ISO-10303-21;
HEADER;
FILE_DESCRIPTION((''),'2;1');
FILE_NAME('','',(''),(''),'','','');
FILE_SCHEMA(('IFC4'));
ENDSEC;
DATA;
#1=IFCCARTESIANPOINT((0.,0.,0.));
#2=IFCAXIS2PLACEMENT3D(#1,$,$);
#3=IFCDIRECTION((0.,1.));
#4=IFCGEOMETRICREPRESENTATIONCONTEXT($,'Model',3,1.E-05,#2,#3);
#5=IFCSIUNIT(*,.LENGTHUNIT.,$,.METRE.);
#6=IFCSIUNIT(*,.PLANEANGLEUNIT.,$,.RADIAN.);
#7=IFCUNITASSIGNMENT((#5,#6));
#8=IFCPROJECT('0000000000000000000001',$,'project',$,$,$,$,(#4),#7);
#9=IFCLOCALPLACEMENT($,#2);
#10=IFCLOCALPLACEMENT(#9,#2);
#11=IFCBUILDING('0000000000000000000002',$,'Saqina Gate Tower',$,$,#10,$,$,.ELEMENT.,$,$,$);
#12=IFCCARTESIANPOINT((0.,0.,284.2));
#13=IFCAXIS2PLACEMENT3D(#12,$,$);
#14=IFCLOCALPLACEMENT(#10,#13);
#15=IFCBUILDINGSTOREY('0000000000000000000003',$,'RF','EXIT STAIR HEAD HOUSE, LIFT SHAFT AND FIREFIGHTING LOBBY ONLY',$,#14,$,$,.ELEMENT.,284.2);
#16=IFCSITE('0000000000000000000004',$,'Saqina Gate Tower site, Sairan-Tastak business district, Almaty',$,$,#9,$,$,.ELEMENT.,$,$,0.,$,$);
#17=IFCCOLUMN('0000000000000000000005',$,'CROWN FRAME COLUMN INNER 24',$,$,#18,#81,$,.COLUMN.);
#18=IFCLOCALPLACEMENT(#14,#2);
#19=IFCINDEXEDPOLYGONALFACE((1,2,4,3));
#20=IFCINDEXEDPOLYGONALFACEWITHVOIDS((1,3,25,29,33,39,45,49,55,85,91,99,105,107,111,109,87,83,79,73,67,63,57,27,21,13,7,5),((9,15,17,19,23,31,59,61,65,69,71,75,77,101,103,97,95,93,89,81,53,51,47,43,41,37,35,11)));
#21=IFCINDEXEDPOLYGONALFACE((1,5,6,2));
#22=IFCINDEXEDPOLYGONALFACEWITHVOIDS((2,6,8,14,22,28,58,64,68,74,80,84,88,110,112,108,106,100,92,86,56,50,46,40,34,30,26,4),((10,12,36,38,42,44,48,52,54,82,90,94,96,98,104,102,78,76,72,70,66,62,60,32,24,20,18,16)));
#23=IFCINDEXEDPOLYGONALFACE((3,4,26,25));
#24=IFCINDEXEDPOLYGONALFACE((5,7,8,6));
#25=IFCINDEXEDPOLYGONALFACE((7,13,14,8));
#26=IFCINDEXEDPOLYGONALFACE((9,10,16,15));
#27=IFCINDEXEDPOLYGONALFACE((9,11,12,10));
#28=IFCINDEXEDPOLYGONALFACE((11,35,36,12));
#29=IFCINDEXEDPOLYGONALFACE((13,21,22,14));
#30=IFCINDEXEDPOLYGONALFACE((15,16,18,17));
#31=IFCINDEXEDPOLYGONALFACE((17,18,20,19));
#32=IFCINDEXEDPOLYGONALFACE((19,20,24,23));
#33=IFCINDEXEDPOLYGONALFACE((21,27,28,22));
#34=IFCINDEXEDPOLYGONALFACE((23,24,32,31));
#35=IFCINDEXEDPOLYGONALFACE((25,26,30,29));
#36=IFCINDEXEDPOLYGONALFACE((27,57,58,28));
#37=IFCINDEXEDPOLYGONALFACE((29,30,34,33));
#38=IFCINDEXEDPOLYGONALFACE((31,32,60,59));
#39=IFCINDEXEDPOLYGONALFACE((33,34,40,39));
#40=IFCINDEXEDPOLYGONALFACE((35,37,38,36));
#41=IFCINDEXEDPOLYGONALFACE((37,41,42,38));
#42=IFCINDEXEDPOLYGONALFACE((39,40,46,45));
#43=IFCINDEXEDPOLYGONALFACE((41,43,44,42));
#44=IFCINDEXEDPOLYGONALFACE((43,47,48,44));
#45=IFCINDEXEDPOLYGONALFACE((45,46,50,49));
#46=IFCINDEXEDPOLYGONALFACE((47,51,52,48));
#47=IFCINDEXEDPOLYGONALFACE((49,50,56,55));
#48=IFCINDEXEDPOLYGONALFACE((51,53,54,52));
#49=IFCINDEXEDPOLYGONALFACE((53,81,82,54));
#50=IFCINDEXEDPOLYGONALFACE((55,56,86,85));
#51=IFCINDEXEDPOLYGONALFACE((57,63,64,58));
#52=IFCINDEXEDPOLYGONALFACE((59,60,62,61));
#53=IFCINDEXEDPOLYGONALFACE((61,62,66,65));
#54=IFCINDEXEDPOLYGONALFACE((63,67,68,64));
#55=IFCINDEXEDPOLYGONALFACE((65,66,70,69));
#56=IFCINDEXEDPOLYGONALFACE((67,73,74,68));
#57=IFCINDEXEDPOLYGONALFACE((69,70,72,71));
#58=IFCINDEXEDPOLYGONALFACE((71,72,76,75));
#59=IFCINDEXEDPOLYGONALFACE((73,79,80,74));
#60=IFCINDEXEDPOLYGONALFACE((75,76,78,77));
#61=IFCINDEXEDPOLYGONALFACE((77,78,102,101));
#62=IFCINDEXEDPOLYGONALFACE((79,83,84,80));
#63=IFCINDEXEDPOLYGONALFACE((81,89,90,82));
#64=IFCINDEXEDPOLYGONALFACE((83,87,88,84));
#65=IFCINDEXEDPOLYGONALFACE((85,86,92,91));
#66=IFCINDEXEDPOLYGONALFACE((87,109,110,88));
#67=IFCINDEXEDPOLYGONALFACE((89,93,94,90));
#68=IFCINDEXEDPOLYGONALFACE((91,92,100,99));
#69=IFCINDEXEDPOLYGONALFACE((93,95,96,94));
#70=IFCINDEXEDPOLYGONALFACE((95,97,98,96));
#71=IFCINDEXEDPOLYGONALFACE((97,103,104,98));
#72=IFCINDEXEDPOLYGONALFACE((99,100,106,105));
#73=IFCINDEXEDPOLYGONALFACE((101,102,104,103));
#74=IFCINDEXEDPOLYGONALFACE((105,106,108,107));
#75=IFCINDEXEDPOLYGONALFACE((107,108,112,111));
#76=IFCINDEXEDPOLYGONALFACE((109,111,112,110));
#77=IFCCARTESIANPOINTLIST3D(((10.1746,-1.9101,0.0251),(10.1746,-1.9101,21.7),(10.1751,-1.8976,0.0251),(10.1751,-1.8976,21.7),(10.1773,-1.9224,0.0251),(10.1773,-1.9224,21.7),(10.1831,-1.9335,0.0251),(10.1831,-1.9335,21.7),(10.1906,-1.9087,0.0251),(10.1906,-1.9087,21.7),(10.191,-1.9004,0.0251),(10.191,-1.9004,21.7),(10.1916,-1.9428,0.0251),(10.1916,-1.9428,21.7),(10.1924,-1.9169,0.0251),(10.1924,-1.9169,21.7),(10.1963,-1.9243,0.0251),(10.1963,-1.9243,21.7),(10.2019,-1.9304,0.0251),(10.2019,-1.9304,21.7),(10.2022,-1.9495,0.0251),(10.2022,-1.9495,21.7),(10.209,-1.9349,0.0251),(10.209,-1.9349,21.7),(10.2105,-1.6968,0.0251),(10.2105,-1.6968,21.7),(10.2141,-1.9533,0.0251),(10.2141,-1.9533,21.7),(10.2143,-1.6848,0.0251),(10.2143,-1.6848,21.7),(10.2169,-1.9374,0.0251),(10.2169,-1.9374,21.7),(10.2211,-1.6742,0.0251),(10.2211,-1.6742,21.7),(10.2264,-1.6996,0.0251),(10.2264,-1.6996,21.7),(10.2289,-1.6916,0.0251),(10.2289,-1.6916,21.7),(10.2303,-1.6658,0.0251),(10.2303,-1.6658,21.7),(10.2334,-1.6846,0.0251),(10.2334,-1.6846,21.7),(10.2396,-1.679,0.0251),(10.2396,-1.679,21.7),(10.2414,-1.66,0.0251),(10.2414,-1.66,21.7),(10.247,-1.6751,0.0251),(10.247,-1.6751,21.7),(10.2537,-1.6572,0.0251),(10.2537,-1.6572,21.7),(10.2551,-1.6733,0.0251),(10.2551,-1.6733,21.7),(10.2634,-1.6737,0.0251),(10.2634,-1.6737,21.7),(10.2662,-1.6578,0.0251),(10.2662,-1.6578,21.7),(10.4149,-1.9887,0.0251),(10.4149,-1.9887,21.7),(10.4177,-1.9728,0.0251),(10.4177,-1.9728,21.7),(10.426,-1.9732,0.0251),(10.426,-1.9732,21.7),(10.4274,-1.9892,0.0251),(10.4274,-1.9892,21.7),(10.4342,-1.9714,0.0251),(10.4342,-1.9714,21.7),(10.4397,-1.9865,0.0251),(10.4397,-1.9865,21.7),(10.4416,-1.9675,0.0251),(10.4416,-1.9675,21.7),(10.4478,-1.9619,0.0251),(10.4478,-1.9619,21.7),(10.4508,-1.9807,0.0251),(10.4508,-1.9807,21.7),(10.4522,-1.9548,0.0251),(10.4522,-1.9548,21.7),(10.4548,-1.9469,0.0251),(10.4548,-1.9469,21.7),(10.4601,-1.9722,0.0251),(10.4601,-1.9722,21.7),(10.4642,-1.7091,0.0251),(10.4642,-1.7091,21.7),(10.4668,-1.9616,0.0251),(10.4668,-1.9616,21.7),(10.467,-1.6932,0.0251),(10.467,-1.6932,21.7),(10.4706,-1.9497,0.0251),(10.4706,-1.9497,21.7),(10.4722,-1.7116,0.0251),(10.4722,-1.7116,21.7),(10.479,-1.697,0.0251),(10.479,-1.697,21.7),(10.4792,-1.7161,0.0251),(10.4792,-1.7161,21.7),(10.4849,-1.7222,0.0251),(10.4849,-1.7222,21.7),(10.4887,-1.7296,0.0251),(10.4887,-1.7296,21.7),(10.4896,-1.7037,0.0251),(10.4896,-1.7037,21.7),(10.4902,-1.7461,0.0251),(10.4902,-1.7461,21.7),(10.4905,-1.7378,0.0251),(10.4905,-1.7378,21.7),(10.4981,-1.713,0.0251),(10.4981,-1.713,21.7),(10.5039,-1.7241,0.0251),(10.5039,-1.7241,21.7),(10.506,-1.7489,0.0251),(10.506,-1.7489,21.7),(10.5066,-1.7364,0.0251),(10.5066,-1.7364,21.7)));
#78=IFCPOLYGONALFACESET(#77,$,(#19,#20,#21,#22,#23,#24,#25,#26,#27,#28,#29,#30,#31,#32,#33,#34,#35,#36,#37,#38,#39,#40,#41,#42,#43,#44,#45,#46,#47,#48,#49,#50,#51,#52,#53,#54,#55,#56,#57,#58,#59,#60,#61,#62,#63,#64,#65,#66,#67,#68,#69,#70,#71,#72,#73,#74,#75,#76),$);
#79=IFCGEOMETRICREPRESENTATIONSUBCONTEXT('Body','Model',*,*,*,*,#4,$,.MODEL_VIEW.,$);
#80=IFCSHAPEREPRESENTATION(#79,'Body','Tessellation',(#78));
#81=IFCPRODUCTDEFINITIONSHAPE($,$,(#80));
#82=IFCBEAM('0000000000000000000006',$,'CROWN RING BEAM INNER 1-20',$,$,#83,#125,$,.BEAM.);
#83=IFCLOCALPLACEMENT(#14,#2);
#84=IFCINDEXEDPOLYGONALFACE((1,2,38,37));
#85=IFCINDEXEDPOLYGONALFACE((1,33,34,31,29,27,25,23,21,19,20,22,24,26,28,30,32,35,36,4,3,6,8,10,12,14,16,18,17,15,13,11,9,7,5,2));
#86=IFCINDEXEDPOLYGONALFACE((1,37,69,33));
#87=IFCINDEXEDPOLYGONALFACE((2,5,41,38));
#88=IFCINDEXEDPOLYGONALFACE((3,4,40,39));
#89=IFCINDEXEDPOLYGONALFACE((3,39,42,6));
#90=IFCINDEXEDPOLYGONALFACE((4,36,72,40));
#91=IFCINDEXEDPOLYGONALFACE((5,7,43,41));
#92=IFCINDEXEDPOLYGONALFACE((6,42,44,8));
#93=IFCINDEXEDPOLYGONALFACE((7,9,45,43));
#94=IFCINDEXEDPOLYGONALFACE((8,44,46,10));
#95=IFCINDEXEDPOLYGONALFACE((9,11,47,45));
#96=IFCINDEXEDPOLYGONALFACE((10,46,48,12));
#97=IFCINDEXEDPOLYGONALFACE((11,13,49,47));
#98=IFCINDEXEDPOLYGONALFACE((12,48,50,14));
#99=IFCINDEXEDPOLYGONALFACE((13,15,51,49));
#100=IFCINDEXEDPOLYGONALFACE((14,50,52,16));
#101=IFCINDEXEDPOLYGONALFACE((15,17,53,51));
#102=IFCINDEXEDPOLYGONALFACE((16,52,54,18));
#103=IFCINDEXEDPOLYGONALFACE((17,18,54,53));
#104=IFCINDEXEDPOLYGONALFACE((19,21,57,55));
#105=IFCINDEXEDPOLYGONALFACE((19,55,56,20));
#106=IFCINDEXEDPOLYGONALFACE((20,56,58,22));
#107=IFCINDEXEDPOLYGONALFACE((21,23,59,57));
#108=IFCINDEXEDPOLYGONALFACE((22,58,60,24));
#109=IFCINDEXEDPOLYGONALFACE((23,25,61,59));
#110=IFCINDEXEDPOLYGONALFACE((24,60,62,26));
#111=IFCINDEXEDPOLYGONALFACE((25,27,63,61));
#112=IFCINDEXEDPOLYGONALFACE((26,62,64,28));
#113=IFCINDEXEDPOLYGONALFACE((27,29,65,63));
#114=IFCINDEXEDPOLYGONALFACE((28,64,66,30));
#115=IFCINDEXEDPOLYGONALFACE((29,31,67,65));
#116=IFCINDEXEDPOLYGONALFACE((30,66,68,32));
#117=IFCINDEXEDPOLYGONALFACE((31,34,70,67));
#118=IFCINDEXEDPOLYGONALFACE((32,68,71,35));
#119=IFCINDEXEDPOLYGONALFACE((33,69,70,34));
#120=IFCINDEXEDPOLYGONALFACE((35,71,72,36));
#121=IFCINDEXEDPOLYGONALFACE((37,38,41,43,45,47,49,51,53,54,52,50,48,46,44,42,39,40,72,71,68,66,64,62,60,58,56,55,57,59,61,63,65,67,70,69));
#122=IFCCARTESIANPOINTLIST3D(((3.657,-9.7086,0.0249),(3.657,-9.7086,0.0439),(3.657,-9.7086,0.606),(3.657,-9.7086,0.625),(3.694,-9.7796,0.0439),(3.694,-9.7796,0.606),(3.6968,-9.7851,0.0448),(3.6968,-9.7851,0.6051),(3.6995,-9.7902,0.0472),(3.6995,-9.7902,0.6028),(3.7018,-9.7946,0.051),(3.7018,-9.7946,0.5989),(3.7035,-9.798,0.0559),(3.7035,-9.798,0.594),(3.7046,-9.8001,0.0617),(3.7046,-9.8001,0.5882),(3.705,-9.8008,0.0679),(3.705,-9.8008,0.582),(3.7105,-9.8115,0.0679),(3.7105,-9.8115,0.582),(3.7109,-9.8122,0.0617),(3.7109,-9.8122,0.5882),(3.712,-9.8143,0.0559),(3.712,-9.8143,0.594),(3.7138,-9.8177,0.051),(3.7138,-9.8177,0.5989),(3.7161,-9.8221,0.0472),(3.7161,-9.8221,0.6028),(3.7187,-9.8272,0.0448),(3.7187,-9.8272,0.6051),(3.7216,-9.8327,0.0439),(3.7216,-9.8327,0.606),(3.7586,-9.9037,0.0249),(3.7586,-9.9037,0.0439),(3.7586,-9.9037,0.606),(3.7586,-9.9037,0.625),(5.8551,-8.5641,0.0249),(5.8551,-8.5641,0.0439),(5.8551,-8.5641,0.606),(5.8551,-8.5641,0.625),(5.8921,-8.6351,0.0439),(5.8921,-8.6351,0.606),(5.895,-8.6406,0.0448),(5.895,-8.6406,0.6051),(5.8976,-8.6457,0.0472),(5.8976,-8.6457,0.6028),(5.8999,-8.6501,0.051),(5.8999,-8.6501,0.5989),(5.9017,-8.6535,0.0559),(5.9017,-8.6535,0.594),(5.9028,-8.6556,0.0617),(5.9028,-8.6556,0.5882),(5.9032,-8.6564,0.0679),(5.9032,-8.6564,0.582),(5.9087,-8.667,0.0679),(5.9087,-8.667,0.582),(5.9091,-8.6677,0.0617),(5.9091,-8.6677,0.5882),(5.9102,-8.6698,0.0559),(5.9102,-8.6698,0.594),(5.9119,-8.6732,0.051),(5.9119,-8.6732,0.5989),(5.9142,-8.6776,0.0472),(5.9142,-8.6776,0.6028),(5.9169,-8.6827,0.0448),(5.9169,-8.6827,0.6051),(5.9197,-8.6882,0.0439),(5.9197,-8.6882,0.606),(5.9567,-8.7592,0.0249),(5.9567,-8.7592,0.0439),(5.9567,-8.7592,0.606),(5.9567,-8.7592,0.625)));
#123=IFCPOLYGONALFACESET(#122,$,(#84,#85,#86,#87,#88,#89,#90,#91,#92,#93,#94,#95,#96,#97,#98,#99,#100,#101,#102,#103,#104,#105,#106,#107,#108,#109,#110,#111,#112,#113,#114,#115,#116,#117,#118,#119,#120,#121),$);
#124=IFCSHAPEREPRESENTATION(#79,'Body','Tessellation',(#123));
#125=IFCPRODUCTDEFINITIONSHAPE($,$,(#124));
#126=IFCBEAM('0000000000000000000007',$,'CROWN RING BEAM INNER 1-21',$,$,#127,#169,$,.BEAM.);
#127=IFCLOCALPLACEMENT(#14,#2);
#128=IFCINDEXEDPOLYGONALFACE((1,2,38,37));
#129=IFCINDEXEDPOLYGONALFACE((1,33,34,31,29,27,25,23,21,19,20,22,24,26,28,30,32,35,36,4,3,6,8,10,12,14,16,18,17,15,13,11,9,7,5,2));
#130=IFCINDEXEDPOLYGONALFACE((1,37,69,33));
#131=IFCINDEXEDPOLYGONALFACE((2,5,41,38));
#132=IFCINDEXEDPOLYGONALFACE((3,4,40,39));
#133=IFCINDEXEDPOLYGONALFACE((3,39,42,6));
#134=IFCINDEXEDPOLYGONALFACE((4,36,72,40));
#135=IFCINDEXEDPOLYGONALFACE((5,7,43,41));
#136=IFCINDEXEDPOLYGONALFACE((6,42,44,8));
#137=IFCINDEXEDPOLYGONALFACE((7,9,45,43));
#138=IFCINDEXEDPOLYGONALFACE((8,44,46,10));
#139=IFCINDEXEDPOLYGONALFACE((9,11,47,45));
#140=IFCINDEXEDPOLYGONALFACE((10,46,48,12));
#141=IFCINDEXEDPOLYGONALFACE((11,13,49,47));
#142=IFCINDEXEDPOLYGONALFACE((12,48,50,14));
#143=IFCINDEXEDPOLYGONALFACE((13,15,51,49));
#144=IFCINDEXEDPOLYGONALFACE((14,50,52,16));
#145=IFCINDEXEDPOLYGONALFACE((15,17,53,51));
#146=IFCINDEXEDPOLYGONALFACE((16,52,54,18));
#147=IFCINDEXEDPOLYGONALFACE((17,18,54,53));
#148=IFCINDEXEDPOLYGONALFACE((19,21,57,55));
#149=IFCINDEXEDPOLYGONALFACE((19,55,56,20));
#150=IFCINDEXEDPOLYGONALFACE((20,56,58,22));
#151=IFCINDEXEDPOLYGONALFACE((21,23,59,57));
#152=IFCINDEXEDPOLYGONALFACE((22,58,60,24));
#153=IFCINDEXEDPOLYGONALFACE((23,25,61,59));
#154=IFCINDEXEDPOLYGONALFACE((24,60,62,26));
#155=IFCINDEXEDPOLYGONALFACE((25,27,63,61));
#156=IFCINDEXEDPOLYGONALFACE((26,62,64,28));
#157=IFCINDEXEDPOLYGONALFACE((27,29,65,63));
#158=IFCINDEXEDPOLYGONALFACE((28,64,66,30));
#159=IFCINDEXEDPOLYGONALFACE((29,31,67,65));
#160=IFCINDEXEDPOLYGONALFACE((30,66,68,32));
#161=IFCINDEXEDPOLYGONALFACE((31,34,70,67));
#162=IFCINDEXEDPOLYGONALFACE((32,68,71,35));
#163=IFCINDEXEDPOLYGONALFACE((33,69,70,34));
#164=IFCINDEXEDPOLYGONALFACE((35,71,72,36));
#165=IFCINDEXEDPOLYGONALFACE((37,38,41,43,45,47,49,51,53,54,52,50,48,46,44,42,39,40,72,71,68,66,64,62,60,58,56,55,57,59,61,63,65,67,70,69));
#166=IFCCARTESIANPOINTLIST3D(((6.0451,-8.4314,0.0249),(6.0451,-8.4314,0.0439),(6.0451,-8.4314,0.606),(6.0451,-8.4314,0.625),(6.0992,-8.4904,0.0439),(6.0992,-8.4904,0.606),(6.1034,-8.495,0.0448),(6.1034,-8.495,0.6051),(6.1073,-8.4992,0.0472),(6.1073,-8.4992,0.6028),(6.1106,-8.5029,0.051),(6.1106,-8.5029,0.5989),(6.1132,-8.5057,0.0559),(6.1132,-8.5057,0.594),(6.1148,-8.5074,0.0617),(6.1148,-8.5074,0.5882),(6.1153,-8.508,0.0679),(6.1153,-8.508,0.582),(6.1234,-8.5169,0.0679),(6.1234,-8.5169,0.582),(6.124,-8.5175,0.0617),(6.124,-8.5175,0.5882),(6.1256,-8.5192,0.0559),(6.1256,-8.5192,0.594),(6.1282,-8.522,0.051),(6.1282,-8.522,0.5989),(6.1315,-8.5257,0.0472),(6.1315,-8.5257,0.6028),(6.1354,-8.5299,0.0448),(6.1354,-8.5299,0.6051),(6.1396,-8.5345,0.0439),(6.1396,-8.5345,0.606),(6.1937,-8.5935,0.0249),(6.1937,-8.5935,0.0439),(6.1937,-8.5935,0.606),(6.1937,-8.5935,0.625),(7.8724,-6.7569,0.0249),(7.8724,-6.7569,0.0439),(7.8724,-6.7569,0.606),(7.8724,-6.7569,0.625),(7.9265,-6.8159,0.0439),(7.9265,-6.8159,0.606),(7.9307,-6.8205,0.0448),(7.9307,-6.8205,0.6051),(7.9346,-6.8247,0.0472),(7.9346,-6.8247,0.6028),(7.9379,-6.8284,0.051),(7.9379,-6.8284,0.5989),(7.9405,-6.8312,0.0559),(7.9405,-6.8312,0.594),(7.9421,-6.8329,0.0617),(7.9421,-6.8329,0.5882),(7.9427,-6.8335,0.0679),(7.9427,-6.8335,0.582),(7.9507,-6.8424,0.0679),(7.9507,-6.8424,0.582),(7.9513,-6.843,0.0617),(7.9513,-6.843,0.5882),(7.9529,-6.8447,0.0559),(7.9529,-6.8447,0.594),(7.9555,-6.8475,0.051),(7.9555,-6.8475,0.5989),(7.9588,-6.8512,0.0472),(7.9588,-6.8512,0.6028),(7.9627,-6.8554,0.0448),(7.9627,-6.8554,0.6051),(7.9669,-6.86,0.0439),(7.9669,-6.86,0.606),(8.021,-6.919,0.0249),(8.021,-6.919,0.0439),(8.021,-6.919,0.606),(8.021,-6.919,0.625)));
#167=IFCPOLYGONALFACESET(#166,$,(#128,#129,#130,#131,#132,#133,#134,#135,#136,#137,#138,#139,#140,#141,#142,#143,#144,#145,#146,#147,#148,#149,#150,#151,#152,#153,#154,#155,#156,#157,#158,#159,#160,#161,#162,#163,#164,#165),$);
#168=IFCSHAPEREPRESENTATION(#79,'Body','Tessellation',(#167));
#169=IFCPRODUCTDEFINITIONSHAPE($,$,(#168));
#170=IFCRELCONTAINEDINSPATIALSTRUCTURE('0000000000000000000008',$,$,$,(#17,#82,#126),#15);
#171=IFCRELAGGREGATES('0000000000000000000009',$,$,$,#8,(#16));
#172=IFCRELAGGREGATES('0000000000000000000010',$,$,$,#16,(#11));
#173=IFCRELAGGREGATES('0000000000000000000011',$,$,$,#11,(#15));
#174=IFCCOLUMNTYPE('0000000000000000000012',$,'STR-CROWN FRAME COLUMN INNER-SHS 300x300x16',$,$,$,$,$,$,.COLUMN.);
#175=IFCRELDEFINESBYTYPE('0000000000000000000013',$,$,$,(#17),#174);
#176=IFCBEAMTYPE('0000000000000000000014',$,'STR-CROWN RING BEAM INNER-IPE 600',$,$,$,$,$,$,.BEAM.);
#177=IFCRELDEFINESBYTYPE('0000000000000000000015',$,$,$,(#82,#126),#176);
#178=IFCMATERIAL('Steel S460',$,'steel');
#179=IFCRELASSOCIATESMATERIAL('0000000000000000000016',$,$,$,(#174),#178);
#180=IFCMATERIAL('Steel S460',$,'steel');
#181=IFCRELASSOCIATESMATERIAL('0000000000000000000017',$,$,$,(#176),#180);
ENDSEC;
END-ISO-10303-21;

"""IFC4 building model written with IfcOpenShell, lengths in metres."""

from ifc_helpers import new_model, si_unit, direction, frame, origin, origin_2d, place, context, subcontext, project, spatial, hollow_rectangle, i_section, extrude, material, material_profile, profile_set, type_object, element, save


model = new_model("IFC4")

# Units and contexts
model_context = context("Model", 3, precision=1e-05, world=origin(), true_north=direction((0.0, 1.0)))
body_context = subcontext(model_context, "Body", "Model", "MODEL_VIEW")
ifc_project = project(units=[si_unit("LENGTHUNIT", "METRE"), si_unit("PLANEANGLEUNIT", "RADIAN")], contexts=[model_context])

# Site, building, storey
site_placement = place(None, origin())
site = spatial("IfcSite", under=ifc_project, at=site_placement, Name="Saqina Gate Tower site, Sairan-Tastak business district, Almaty", CompositionType="ELEMENT", RefElevation=0.0)
building_placement = place(site_placement, origin())
building = spatial("IfcBuilding", under=site, at=building_placement, Name="Saqina Gate Tower", CompositionType="ELEMENT")
storey_placement = place(building_placement, frame((0.0, 0.0, 284.2)))
storey = spatial("IfcBuildingStorey", under=building, at=storey_placement, Name="RF", Description="EXIT STAIR HEAD HOUSE, LIFT SHAFT AND FIREFIGHTING LOBBY ONLY", CompositionType="ELEMENT", Elevation=284.2)

# Column
ifc_material_1 = material(Name="Steel S460", Category="steel")
ifc_material_profile_1 = material_profile(ifc_material_1, hollow_rectangle(XDim=0.3, YDim=0.3, WallThickness=0.0161, InnerFilletRadius=0.032, OuterFilletRadius=0.0481, at=origin_2d()), Name="SHS 300x300x16")
ifc_profile_set_1 = profile_set([ifc_material_profile_1], Name="Steel S460")
column_type = type_object("IfcColumnType", Name="STR-CROWN FRAME COLUMN INNER-SHS 300x300x16", PredefinedType="COLUMN", material=ifc_profile_set_1)
for number, where, z_axis, x_axis, name in (
    (1, (10.3406, -1.8232, 0.0251), (0.0, 0.0, 1.0), (0.984808, -0.173648, 0.0), "CROWN FRAME COLUMN INNER 24"),
):
    element("IfcColumn", number, at=place(storey_placement, frame(where, z_axis=z_axis, x_axis=x_axis)), inside=storey, type_object=column_type, Name=name, PredefinedType="COLUMN", context=body_context, shape_type="SweptSolid", body=[
        extrude(hollow_rectangle(XDim=0.3, YDim=0.3, WallThickness=0.0161, InnerFilletRadius=0.032, OuterFilletRadius=0.0481, at=origin_2d()), origin(), (0.0, 0.0, 1.0), 21.6748),
    ])

# Beams
ifc_material_2 = material(Name="Steel S460", Category="steel")
ifc_material_profile_2 = material_profile(ifc_material_2, i_section(OverallWidth=0.22, OverallDepth=0.6001, WebThickness=0.012, FlangeThickness=0.019, FilletRadius=0.0239, at=origin_2d()), Name="IPE 600")
ifc_profile_set_2 = profile_set([ifc_material_profile_2], Name="Steel S460")
beam_type = type_object("IfcBeamType", Name="STR-CROWN RING BEAM INNER-IPE 600", PredefinedType="BEAM", material=ifc_profile_set_2)
beam_1_placement = place(storey_placement, frame((3.7078, -9.8062, 0.325), z_axis=(0.886978, 0.461812, 0.0), x_axis=(-0.461812, 0.886978, 0.0)))
element("IfcBeam", 2, at=beam_1_placement, inside=storey, type_object=beam_type, Name="CROWN RING BEAM INNER 1-20", PredefinedType="BEAM", context=body_context, shape_type="SweptSolid", body=[
    extrude(i_section(OverallWidth=0.22, OverallDepth=0.6001, WebThickness=0.012, FlangeThickness=0.019, FilletRadius=0.0239, at=origin_2d()), origin(), (0.0, 0.0, 1.0), 2.4783),
])
beam_2_placement = place(storey_placement, frame((6.1194, -8.5125, 0.325), z_axis=(0.737265, 0.675604, 0.0), x_axis=(-0.675604, 0.737265, 0.0)))
element("IfcBeam", 3, at=beam_2_placement, inside=storey, type_object=beam_type, Name="CROWN RING BEAM INNER 1-21", PredefinedType="BEAM", context=body_context, shape_type="SweptSolid", body=[
    extrude(i_section(OverallWidth=0.22, OverallDepth=0.6001, WebThickness=0.012, FlangeThickness=0.019, FilletRadius=0.0239, at=origin_2d()), origin(), (0.0, 0.0, 1.0), 2.4785),
])

save(model, "model.ifc")
